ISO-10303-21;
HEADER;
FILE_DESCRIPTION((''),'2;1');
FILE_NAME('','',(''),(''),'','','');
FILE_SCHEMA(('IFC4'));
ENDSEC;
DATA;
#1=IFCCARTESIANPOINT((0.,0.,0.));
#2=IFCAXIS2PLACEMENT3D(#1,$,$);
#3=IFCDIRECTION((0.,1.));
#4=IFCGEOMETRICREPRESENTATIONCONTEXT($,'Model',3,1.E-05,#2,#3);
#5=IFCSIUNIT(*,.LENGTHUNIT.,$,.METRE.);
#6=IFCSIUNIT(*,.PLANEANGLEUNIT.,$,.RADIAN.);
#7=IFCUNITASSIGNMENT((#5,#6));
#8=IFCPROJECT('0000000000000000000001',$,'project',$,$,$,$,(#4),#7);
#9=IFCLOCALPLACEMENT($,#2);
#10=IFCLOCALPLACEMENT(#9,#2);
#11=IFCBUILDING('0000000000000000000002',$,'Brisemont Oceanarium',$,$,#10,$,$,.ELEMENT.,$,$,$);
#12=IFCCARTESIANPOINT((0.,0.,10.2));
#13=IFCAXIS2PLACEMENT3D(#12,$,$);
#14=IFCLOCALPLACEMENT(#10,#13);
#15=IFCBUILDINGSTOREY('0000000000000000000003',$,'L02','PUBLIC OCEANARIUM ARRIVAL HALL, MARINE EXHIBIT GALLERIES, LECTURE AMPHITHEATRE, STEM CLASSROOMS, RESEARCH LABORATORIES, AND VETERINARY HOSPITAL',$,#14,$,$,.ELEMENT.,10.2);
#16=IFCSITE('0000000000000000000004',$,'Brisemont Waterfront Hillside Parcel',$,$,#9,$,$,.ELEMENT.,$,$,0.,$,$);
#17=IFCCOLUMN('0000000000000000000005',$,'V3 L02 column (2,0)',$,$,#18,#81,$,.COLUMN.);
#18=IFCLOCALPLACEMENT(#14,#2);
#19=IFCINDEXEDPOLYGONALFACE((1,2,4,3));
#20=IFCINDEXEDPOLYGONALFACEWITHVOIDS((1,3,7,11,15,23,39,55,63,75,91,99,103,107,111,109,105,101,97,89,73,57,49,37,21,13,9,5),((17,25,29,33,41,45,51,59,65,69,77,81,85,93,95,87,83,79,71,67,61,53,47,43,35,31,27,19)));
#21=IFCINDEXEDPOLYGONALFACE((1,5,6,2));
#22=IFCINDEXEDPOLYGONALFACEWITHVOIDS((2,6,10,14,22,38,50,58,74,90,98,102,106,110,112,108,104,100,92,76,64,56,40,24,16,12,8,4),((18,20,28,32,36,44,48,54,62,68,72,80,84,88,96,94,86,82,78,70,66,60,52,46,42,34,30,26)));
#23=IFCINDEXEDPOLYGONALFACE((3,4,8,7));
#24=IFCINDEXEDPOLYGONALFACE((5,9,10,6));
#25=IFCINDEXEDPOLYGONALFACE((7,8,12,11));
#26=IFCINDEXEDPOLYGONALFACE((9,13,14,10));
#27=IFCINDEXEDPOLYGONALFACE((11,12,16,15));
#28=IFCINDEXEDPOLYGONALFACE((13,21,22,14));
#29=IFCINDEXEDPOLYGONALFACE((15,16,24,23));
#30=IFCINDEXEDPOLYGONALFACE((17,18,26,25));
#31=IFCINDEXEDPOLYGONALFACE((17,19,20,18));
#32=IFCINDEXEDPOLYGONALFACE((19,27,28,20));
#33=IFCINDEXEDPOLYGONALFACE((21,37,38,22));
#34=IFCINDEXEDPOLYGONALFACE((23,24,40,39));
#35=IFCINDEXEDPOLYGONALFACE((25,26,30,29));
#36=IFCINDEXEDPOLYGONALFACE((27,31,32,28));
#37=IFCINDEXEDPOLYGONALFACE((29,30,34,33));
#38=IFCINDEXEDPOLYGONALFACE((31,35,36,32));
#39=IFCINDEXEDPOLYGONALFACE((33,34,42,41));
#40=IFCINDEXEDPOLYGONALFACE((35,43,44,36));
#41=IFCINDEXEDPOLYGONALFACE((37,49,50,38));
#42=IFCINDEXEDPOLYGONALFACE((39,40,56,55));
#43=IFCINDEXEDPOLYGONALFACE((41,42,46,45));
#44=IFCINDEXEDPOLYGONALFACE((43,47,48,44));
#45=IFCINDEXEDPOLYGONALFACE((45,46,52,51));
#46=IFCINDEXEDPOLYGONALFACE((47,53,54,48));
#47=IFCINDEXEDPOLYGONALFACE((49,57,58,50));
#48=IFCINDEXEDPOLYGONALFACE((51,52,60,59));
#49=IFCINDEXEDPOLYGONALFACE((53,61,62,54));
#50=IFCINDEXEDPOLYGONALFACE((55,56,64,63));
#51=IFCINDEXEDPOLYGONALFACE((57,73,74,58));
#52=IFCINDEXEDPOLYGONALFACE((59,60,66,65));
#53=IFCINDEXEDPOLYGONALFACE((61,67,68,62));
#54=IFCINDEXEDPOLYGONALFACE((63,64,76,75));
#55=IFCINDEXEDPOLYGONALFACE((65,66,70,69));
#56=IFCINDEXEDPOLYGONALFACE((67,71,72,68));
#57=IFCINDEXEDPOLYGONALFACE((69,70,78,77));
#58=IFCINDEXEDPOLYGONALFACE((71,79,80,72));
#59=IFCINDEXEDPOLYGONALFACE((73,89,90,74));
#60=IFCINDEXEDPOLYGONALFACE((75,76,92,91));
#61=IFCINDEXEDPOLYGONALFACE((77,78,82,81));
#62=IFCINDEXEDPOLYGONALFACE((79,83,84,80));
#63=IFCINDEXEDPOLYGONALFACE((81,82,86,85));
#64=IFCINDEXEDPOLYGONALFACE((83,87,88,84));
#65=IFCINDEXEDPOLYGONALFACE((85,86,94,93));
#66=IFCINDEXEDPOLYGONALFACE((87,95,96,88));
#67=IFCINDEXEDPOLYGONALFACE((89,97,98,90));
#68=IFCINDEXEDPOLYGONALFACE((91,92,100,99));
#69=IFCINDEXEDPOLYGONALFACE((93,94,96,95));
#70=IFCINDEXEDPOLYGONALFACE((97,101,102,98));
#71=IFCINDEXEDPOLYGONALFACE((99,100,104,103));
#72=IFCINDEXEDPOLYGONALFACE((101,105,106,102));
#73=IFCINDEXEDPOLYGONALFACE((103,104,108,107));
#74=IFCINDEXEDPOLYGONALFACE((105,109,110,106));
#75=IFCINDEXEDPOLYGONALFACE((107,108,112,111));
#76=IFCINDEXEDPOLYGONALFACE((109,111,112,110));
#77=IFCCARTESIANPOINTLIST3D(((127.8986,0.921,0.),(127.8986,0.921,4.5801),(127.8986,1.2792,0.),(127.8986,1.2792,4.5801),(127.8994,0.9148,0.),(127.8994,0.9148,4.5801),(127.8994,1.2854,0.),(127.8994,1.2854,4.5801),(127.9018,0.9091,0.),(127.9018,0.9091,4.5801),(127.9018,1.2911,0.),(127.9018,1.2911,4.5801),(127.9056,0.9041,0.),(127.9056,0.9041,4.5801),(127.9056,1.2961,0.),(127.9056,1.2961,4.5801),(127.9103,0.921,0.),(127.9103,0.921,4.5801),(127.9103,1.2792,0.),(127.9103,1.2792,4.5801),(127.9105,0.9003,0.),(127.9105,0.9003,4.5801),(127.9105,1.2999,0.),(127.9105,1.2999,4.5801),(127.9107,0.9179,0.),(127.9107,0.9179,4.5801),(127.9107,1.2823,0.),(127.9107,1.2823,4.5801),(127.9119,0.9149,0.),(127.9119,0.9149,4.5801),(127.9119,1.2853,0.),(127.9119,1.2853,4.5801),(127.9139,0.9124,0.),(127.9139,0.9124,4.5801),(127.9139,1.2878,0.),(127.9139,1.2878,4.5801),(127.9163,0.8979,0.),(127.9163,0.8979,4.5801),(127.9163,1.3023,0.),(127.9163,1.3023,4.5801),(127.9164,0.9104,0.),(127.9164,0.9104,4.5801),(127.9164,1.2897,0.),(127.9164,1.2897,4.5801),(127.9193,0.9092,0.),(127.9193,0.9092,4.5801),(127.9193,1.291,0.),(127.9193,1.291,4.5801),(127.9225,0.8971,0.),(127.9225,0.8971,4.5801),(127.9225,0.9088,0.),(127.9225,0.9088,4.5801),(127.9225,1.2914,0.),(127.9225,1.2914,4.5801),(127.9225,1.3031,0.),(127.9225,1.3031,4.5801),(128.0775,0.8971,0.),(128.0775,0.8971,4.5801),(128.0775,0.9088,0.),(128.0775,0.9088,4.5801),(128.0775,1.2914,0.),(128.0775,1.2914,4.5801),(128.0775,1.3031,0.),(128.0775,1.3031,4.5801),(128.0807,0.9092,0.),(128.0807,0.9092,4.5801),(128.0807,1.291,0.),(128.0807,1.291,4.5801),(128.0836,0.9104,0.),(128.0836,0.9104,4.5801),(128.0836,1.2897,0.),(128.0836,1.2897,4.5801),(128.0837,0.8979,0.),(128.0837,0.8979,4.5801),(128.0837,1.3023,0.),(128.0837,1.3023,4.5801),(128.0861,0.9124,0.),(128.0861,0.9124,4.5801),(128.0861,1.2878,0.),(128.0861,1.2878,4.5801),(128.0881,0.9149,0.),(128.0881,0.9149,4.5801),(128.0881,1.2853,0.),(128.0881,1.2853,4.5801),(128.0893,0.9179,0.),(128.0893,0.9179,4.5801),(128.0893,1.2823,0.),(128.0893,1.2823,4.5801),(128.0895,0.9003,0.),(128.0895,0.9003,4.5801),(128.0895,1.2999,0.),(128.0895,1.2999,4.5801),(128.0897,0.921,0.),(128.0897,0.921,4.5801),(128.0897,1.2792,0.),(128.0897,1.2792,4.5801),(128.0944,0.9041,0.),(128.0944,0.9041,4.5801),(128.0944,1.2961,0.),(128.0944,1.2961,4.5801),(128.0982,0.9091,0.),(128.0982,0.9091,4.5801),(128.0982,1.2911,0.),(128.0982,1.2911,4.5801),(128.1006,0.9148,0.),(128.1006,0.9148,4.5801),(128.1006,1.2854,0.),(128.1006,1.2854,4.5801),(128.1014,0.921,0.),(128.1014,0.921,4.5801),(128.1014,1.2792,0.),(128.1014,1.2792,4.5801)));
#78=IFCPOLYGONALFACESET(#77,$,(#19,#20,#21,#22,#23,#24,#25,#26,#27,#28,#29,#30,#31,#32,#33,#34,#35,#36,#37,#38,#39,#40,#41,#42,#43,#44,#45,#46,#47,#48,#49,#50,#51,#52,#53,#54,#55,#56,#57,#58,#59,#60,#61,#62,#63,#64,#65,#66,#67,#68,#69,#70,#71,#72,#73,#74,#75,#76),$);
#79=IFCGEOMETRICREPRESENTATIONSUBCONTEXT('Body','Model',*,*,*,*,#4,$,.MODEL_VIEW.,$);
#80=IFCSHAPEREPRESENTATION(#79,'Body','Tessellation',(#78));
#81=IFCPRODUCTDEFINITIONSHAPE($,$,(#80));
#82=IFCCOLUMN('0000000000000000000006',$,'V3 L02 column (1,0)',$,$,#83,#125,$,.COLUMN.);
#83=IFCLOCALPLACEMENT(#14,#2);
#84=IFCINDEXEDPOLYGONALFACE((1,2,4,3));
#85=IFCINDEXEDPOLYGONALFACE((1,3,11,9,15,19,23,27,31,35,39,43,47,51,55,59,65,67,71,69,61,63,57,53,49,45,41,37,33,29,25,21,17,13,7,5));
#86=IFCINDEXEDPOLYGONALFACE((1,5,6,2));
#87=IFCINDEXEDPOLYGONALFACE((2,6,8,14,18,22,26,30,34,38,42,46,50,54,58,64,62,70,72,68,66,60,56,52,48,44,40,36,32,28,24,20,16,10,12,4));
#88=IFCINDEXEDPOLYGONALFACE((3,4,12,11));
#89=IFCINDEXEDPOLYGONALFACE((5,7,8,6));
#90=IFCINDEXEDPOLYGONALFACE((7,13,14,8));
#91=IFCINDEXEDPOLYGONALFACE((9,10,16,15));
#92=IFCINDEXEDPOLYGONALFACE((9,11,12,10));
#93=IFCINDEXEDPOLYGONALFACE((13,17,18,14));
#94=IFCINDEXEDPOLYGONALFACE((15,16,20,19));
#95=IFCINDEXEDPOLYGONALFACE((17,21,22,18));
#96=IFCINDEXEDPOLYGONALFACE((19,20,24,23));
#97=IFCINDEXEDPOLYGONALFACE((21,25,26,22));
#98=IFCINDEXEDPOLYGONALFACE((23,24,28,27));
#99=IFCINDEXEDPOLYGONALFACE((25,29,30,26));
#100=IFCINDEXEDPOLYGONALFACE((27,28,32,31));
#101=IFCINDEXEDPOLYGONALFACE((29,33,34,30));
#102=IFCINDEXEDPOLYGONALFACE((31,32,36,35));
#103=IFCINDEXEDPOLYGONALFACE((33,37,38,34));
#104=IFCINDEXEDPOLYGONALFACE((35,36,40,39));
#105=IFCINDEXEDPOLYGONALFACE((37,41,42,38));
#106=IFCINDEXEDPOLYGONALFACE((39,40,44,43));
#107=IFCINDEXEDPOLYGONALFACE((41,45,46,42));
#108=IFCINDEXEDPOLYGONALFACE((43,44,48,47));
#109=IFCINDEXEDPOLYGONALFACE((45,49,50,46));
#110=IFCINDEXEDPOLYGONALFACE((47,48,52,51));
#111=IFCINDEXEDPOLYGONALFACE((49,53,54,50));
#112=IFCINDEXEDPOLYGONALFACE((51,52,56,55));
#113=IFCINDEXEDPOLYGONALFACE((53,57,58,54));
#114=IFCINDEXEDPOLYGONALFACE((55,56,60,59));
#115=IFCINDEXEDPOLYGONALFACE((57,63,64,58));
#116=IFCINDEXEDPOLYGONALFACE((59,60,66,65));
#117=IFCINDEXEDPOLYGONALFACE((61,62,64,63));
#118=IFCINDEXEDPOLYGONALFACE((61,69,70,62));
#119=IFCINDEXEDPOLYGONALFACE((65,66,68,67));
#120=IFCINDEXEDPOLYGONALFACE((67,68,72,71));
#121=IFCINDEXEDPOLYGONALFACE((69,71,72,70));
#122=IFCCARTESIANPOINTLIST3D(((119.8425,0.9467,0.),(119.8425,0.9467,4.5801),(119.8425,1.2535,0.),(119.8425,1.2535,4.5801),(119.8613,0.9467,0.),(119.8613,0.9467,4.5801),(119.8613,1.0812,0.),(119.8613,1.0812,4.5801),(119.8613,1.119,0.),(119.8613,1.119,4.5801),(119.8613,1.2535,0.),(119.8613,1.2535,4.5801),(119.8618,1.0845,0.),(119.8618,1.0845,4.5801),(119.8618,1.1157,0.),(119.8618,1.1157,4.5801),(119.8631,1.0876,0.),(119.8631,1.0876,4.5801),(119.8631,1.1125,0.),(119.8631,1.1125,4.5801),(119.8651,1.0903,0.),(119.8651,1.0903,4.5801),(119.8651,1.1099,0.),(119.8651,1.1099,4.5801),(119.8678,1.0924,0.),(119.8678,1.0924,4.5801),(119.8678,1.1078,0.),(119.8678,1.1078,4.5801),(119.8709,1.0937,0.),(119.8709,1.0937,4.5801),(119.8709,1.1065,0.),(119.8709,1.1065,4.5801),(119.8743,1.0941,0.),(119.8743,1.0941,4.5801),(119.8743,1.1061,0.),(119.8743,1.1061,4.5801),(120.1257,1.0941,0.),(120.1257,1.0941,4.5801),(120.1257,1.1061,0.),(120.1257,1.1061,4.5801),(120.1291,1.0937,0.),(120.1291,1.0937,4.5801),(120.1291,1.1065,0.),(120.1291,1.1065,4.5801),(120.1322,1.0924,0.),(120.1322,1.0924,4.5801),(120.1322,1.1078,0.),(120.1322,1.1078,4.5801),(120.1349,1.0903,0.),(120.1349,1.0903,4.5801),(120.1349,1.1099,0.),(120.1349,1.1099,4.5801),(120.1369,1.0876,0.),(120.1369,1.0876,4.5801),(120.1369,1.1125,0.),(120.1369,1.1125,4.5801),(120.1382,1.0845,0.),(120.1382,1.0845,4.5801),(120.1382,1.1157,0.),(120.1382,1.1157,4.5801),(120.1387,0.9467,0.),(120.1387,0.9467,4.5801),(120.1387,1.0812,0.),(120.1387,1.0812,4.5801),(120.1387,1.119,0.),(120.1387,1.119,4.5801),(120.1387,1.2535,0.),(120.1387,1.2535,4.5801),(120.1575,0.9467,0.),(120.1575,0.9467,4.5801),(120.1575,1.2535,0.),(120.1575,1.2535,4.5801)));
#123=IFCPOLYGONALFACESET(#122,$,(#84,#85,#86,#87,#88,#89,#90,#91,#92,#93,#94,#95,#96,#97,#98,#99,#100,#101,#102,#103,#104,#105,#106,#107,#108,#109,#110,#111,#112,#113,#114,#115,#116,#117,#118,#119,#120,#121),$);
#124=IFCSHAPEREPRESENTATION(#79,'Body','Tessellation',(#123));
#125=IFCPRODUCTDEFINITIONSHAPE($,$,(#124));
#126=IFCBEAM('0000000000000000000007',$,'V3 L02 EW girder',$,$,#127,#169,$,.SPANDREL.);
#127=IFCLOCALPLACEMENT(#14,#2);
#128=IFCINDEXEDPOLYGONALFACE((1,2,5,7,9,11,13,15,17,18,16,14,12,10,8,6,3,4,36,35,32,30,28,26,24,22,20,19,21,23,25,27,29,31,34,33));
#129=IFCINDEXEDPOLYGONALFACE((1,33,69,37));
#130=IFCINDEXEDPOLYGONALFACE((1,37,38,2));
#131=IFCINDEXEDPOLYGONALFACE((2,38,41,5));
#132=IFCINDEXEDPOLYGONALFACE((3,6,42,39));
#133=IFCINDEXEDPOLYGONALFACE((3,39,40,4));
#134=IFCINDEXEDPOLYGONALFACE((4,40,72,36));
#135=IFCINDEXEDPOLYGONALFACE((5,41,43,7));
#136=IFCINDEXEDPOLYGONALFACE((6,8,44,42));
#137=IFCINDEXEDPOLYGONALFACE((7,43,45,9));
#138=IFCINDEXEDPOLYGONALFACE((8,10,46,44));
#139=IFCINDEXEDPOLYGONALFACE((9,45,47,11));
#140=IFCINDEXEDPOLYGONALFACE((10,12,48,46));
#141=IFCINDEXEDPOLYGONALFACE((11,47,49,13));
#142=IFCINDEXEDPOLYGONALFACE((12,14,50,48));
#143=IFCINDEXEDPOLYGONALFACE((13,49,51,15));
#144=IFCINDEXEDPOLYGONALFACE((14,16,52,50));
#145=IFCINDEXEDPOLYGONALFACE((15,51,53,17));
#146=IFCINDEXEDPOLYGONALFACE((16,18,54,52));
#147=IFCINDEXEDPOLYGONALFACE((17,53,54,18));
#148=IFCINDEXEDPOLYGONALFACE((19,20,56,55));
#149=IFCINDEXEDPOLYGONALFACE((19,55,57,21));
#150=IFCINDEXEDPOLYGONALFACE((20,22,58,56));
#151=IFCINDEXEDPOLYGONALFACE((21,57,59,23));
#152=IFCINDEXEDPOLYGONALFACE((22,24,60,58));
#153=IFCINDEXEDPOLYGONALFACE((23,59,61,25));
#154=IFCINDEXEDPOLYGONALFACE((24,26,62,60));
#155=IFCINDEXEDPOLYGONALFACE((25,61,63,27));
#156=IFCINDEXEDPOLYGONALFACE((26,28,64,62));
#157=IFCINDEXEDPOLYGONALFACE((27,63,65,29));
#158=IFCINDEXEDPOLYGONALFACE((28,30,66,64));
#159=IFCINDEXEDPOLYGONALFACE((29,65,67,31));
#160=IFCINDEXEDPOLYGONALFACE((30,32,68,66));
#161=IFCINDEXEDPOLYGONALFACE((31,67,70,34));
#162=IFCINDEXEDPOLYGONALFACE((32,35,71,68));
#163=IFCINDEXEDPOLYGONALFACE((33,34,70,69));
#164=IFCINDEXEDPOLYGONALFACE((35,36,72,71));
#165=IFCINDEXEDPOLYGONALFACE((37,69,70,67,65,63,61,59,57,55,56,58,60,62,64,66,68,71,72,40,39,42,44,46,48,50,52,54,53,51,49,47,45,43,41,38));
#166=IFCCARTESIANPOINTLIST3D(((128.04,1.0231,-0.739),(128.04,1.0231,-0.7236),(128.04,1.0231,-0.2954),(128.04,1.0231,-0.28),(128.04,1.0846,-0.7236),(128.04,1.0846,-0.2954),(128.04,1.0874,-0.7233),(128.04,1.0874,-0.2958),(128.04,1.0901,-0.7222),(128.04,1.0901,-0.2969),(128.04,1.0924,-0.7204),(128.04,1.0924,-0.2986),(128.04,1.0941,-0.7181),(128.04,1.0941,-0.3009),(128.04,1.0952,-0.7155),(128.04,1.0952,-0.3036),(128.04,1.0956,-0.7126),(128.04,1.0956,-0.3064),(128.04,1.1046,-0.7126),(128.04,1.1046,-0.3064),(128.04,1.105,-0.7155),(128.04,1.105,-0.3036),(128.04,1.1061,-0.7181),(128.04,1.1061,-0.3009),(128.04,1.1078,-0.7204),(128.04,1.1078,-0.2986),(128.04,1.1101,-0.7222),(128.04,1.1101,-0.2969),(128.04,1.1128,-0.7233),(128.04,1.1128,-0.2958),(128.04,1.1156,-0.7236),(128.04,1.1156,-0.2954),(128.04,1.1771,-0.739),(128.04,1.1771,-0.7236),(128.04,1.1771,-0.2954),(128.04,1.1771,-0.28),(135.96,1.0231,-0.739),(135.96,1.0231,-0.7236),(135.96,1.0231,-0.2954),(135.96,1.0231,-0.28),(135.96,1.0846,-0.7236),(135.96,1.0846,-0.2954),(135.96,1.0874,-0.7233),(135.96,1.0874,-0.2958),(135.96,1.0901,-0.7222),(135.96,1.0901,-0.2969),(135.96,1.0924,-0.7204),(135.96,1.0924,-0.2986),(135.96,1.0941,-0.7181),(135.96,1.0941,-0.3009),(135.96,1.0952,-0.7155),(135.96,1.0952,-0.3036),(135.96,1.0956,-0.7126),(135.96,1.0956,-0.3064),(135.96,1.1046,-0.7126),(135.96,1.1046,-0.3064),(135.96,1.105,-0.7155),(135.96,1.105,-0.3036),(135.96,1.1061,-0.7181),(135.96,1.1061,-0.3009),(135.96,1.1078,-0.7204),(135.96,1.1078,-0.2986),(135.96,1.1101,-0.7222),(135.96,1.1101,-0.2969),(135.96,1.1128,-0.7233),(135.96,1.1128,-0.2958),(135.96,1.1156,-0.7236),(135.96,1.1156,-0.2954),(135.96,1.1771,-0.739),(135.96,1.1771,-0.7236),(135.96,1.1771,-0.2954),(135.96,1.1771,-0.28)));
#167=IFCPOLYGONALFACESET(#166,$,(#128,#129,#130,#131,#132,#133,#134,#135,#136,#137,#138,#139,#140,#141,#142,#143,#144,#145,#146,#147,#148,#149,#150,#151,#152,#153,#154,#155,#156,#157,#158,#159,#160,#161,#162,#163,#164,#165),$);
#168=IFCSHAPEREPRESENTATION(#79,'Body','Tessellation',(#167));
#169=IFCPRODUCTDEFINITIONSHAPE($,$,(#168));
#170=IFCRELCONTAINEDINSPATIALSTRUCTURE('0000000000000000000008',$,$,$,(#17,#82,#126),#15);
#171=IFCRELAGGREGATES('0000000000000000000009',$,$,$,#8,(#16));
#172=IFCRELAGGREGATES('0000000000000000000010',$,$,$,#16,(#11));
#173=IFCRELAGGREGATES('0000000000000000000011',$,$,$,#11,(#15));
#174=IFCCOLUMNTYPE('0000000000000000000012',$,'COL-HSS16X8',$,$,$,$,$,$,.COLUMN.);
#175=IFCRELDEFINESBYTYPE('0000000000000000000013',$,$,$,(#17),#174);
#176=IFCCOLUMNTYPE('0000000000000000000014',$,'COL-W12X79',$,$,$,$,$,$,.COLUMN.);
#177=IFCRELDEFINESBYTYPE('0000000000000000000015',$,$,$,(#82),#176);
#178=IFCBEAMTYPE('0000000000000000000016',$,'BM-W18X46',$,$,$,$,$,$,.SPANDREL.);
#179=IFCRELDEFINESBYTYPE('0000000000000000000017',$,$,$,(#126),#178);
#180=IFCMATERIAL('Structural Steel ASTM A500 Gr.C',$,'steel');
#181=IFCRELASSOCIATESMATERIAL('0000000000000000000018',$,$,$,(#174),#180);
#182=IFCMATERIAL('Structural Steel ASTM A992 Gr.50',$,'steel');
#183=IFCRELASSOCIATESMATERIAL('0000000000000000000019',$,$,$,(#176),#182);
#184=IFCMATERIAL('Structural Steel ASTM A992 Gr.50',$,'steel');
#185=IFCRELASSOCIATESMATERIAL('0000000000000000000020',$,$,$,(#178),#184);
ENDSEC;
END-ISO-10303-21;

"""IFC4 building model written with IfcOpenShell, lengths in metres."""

from ifc_helpers import new_model, si_unit, direction, frame, origin, origin_2d, place, context, subcontext, project, spatial, hollow_rectangle, i_section, extrude, material, material_profile, profile_set, type_object, element, save


model = new_model("IFC4")

# Units and contexts
model_context = context("Model", 3, precision=1e-05, world=origin(), true_north=direction((0.0, 1.0)))
body_context = subcontext(model_context, "Body", "Model", "MODEL_VIEW")
ifc_project = project(units=[si_unit("LENGTHUNIT", "METRE"), si_unit("PLANEANGLEUNIT", "RADIAN")], contexts=[model_context])

# Site, building, storey
site_placement = place(None, origin())
site = spatial("IfcSite", under=ifc_project, at=site_placement, Name="Brisemont Waterfront Hillside Parcel", CompositionType="ELEMENT", RefElevation=0.0)
building_placement = place(site_placement, origin())
building = spatial("IfcBuilding", under=site, at=building_placement, Name="Brisemont Oceanarium", CompositionType="ELEMENT")
storey_placement = place(building_placement, frame((0.0, 0.0, 10.2)))
storey = spatial("IfcBuildingStorey", under=building, at=storey_placement, Name="L02", Description="PUBLIC OCEANARIUM ARRIVAL HALL, MARINE EXHIBIT GALLERIES, LECTURE AMPHITHEATRE, STEM CLASSROOMS, RESEARCH LABORATORIES, AND VETERINARY HOSPITAL", CompositionType="ELEMENT", Elevation=10.2)

# Columns
ifc_material_1 = material(Name="Structural Steel ASTM A500 Gr.C", Category="steel")
ifc_material_profile_1 = material_profile(ifc_material_1, hollow_rectangle(XDim=0.2029, YDim=0.406, WallThickness=0.0117, InnerFilletRadius=0.0122, OuterFilletRadius=0.0239, at=origin_2d()), Name="HSS16X8X1/2")
ifc_profile_set_1 = profile_set([ifc_material_profile_1], Name="Structural Steel ASTM A500 Gr.C")
column_type_1 = type_object("IfcColumnType", Name="COL-HSS16X8", PredefinedType="COLUMN", material=ifc_profile_set_1)
column_1_placement = place(storey_placement, frame((128.0, 1.1001, 0.0), z_axis=(0.0, 0.0, 1.0), x_axis=(1.0, 0.0, 0.0)))
element("IfcColumn", 1, at=column_1_placement, inside=storey, type_object=column_type_1, Name="V3 L02 column (2,0)", PredefinedType="COLUMN", context=body_context, shape_type="SweptSolid", body=[
    extrude(hollow_rectangle(XDim=0.2029, YDim=0.406, WallThickness=0.0117, InnerFilletRadius=0.0122, OuterFilletRadius=0.0239, at=origin_2d()), origin(), (0.0, 0.0, 1.0), 4.5801),
])
ifc_material_2 = material(Name="Structural Steel ASTM A992 Gr.50", Category="steel")
ifc_material_profile_2 = material_profile(ifc_material_2, i_section(OverallWidth=0.3069, OverallDepth=0.3149, WebThickness=0.012, FlangeThickness=0.0188, FilletRadius=0.0129, at=origin_2d()), Name="W12X79")
ifc_profile_set_2 = profile_set([ifc_material_profile_2], Name="Structural Steel ASTM A992 Gr.50")
column_type_2 = type_object("IfcColumnType", Name="COL-W12X79", PredefinedType="COLUMN", material=ifc_profile_set_2)
column_2_placement = place(storey_placement, frame((120.0, 1.1001, 0.0), z_axis=(0.0, 0.0, 1.0), x_axis=(0.0, 1.0, 0.0)))
element("IfcColumn", 2, at=column_2_placement, inside=storey, type_object=column_type_2, Name="V3 L02 column (1,0)", PredefinedType="COLUMN", context=body_context, shape_type="SweptSolid", body=[
    extrude(i_section(OverallWidth=0.3069, OverallDepth=0.3149, WebThickness=0.012, FlangeThickness=0.0188, FilletRadius=0.0129, at=origin_2d()), origin(), (0.0, 0.0, 1.0), 4.5801),
])

# Beam
ifc_material_3 = material(Name="Structural Steel ASTM A992 Gr.50", Category="steel")
ifc_material_profile_3 = material_profile(ifc_material_3, i_section(OverallWidth=0.1541, OverallDepth=0.459, WebThickness=0.009, FlangeThickness=0.0154, FilletRadius=0.011, at=origin_2d()), Name="W18X46")
ifc_profile_set_3 = profile_set([ifc_material_profile_3], Name="Structural Steel ASTM A992 Gr.50")
beam_type_1 = type_object("IfcBeamType", Name="BM-W18X46", PredefinedType="SPANDREL", material=ifc_profile_set_3)
beam_1_placement = place(storey_placement, frame((128.04, 1.1001, -0.5095), z_axis=(1.0, 0.0, 0.0), x_axis=(0.0, 1.0, 0.0)))
element("IfcBeam", 3, at=beam_1_placement, inside=storey, type_object=beam_type_1, Name="V3 L02 EW girder", PredefinedType="SPANDREL", context=body_context, shape_type="SweptSolid", body=[
    extrude(i_section(OverallWidth=0.1541, OverallDepth=0.459, WebThickness=0.009, FlangeThickness=0.0154, FilletRadius=0.011, at=origin_2d()), origin(), (0.0, 0.0, 1.0), 7.9199),
])

save(model, "model.ifc")
